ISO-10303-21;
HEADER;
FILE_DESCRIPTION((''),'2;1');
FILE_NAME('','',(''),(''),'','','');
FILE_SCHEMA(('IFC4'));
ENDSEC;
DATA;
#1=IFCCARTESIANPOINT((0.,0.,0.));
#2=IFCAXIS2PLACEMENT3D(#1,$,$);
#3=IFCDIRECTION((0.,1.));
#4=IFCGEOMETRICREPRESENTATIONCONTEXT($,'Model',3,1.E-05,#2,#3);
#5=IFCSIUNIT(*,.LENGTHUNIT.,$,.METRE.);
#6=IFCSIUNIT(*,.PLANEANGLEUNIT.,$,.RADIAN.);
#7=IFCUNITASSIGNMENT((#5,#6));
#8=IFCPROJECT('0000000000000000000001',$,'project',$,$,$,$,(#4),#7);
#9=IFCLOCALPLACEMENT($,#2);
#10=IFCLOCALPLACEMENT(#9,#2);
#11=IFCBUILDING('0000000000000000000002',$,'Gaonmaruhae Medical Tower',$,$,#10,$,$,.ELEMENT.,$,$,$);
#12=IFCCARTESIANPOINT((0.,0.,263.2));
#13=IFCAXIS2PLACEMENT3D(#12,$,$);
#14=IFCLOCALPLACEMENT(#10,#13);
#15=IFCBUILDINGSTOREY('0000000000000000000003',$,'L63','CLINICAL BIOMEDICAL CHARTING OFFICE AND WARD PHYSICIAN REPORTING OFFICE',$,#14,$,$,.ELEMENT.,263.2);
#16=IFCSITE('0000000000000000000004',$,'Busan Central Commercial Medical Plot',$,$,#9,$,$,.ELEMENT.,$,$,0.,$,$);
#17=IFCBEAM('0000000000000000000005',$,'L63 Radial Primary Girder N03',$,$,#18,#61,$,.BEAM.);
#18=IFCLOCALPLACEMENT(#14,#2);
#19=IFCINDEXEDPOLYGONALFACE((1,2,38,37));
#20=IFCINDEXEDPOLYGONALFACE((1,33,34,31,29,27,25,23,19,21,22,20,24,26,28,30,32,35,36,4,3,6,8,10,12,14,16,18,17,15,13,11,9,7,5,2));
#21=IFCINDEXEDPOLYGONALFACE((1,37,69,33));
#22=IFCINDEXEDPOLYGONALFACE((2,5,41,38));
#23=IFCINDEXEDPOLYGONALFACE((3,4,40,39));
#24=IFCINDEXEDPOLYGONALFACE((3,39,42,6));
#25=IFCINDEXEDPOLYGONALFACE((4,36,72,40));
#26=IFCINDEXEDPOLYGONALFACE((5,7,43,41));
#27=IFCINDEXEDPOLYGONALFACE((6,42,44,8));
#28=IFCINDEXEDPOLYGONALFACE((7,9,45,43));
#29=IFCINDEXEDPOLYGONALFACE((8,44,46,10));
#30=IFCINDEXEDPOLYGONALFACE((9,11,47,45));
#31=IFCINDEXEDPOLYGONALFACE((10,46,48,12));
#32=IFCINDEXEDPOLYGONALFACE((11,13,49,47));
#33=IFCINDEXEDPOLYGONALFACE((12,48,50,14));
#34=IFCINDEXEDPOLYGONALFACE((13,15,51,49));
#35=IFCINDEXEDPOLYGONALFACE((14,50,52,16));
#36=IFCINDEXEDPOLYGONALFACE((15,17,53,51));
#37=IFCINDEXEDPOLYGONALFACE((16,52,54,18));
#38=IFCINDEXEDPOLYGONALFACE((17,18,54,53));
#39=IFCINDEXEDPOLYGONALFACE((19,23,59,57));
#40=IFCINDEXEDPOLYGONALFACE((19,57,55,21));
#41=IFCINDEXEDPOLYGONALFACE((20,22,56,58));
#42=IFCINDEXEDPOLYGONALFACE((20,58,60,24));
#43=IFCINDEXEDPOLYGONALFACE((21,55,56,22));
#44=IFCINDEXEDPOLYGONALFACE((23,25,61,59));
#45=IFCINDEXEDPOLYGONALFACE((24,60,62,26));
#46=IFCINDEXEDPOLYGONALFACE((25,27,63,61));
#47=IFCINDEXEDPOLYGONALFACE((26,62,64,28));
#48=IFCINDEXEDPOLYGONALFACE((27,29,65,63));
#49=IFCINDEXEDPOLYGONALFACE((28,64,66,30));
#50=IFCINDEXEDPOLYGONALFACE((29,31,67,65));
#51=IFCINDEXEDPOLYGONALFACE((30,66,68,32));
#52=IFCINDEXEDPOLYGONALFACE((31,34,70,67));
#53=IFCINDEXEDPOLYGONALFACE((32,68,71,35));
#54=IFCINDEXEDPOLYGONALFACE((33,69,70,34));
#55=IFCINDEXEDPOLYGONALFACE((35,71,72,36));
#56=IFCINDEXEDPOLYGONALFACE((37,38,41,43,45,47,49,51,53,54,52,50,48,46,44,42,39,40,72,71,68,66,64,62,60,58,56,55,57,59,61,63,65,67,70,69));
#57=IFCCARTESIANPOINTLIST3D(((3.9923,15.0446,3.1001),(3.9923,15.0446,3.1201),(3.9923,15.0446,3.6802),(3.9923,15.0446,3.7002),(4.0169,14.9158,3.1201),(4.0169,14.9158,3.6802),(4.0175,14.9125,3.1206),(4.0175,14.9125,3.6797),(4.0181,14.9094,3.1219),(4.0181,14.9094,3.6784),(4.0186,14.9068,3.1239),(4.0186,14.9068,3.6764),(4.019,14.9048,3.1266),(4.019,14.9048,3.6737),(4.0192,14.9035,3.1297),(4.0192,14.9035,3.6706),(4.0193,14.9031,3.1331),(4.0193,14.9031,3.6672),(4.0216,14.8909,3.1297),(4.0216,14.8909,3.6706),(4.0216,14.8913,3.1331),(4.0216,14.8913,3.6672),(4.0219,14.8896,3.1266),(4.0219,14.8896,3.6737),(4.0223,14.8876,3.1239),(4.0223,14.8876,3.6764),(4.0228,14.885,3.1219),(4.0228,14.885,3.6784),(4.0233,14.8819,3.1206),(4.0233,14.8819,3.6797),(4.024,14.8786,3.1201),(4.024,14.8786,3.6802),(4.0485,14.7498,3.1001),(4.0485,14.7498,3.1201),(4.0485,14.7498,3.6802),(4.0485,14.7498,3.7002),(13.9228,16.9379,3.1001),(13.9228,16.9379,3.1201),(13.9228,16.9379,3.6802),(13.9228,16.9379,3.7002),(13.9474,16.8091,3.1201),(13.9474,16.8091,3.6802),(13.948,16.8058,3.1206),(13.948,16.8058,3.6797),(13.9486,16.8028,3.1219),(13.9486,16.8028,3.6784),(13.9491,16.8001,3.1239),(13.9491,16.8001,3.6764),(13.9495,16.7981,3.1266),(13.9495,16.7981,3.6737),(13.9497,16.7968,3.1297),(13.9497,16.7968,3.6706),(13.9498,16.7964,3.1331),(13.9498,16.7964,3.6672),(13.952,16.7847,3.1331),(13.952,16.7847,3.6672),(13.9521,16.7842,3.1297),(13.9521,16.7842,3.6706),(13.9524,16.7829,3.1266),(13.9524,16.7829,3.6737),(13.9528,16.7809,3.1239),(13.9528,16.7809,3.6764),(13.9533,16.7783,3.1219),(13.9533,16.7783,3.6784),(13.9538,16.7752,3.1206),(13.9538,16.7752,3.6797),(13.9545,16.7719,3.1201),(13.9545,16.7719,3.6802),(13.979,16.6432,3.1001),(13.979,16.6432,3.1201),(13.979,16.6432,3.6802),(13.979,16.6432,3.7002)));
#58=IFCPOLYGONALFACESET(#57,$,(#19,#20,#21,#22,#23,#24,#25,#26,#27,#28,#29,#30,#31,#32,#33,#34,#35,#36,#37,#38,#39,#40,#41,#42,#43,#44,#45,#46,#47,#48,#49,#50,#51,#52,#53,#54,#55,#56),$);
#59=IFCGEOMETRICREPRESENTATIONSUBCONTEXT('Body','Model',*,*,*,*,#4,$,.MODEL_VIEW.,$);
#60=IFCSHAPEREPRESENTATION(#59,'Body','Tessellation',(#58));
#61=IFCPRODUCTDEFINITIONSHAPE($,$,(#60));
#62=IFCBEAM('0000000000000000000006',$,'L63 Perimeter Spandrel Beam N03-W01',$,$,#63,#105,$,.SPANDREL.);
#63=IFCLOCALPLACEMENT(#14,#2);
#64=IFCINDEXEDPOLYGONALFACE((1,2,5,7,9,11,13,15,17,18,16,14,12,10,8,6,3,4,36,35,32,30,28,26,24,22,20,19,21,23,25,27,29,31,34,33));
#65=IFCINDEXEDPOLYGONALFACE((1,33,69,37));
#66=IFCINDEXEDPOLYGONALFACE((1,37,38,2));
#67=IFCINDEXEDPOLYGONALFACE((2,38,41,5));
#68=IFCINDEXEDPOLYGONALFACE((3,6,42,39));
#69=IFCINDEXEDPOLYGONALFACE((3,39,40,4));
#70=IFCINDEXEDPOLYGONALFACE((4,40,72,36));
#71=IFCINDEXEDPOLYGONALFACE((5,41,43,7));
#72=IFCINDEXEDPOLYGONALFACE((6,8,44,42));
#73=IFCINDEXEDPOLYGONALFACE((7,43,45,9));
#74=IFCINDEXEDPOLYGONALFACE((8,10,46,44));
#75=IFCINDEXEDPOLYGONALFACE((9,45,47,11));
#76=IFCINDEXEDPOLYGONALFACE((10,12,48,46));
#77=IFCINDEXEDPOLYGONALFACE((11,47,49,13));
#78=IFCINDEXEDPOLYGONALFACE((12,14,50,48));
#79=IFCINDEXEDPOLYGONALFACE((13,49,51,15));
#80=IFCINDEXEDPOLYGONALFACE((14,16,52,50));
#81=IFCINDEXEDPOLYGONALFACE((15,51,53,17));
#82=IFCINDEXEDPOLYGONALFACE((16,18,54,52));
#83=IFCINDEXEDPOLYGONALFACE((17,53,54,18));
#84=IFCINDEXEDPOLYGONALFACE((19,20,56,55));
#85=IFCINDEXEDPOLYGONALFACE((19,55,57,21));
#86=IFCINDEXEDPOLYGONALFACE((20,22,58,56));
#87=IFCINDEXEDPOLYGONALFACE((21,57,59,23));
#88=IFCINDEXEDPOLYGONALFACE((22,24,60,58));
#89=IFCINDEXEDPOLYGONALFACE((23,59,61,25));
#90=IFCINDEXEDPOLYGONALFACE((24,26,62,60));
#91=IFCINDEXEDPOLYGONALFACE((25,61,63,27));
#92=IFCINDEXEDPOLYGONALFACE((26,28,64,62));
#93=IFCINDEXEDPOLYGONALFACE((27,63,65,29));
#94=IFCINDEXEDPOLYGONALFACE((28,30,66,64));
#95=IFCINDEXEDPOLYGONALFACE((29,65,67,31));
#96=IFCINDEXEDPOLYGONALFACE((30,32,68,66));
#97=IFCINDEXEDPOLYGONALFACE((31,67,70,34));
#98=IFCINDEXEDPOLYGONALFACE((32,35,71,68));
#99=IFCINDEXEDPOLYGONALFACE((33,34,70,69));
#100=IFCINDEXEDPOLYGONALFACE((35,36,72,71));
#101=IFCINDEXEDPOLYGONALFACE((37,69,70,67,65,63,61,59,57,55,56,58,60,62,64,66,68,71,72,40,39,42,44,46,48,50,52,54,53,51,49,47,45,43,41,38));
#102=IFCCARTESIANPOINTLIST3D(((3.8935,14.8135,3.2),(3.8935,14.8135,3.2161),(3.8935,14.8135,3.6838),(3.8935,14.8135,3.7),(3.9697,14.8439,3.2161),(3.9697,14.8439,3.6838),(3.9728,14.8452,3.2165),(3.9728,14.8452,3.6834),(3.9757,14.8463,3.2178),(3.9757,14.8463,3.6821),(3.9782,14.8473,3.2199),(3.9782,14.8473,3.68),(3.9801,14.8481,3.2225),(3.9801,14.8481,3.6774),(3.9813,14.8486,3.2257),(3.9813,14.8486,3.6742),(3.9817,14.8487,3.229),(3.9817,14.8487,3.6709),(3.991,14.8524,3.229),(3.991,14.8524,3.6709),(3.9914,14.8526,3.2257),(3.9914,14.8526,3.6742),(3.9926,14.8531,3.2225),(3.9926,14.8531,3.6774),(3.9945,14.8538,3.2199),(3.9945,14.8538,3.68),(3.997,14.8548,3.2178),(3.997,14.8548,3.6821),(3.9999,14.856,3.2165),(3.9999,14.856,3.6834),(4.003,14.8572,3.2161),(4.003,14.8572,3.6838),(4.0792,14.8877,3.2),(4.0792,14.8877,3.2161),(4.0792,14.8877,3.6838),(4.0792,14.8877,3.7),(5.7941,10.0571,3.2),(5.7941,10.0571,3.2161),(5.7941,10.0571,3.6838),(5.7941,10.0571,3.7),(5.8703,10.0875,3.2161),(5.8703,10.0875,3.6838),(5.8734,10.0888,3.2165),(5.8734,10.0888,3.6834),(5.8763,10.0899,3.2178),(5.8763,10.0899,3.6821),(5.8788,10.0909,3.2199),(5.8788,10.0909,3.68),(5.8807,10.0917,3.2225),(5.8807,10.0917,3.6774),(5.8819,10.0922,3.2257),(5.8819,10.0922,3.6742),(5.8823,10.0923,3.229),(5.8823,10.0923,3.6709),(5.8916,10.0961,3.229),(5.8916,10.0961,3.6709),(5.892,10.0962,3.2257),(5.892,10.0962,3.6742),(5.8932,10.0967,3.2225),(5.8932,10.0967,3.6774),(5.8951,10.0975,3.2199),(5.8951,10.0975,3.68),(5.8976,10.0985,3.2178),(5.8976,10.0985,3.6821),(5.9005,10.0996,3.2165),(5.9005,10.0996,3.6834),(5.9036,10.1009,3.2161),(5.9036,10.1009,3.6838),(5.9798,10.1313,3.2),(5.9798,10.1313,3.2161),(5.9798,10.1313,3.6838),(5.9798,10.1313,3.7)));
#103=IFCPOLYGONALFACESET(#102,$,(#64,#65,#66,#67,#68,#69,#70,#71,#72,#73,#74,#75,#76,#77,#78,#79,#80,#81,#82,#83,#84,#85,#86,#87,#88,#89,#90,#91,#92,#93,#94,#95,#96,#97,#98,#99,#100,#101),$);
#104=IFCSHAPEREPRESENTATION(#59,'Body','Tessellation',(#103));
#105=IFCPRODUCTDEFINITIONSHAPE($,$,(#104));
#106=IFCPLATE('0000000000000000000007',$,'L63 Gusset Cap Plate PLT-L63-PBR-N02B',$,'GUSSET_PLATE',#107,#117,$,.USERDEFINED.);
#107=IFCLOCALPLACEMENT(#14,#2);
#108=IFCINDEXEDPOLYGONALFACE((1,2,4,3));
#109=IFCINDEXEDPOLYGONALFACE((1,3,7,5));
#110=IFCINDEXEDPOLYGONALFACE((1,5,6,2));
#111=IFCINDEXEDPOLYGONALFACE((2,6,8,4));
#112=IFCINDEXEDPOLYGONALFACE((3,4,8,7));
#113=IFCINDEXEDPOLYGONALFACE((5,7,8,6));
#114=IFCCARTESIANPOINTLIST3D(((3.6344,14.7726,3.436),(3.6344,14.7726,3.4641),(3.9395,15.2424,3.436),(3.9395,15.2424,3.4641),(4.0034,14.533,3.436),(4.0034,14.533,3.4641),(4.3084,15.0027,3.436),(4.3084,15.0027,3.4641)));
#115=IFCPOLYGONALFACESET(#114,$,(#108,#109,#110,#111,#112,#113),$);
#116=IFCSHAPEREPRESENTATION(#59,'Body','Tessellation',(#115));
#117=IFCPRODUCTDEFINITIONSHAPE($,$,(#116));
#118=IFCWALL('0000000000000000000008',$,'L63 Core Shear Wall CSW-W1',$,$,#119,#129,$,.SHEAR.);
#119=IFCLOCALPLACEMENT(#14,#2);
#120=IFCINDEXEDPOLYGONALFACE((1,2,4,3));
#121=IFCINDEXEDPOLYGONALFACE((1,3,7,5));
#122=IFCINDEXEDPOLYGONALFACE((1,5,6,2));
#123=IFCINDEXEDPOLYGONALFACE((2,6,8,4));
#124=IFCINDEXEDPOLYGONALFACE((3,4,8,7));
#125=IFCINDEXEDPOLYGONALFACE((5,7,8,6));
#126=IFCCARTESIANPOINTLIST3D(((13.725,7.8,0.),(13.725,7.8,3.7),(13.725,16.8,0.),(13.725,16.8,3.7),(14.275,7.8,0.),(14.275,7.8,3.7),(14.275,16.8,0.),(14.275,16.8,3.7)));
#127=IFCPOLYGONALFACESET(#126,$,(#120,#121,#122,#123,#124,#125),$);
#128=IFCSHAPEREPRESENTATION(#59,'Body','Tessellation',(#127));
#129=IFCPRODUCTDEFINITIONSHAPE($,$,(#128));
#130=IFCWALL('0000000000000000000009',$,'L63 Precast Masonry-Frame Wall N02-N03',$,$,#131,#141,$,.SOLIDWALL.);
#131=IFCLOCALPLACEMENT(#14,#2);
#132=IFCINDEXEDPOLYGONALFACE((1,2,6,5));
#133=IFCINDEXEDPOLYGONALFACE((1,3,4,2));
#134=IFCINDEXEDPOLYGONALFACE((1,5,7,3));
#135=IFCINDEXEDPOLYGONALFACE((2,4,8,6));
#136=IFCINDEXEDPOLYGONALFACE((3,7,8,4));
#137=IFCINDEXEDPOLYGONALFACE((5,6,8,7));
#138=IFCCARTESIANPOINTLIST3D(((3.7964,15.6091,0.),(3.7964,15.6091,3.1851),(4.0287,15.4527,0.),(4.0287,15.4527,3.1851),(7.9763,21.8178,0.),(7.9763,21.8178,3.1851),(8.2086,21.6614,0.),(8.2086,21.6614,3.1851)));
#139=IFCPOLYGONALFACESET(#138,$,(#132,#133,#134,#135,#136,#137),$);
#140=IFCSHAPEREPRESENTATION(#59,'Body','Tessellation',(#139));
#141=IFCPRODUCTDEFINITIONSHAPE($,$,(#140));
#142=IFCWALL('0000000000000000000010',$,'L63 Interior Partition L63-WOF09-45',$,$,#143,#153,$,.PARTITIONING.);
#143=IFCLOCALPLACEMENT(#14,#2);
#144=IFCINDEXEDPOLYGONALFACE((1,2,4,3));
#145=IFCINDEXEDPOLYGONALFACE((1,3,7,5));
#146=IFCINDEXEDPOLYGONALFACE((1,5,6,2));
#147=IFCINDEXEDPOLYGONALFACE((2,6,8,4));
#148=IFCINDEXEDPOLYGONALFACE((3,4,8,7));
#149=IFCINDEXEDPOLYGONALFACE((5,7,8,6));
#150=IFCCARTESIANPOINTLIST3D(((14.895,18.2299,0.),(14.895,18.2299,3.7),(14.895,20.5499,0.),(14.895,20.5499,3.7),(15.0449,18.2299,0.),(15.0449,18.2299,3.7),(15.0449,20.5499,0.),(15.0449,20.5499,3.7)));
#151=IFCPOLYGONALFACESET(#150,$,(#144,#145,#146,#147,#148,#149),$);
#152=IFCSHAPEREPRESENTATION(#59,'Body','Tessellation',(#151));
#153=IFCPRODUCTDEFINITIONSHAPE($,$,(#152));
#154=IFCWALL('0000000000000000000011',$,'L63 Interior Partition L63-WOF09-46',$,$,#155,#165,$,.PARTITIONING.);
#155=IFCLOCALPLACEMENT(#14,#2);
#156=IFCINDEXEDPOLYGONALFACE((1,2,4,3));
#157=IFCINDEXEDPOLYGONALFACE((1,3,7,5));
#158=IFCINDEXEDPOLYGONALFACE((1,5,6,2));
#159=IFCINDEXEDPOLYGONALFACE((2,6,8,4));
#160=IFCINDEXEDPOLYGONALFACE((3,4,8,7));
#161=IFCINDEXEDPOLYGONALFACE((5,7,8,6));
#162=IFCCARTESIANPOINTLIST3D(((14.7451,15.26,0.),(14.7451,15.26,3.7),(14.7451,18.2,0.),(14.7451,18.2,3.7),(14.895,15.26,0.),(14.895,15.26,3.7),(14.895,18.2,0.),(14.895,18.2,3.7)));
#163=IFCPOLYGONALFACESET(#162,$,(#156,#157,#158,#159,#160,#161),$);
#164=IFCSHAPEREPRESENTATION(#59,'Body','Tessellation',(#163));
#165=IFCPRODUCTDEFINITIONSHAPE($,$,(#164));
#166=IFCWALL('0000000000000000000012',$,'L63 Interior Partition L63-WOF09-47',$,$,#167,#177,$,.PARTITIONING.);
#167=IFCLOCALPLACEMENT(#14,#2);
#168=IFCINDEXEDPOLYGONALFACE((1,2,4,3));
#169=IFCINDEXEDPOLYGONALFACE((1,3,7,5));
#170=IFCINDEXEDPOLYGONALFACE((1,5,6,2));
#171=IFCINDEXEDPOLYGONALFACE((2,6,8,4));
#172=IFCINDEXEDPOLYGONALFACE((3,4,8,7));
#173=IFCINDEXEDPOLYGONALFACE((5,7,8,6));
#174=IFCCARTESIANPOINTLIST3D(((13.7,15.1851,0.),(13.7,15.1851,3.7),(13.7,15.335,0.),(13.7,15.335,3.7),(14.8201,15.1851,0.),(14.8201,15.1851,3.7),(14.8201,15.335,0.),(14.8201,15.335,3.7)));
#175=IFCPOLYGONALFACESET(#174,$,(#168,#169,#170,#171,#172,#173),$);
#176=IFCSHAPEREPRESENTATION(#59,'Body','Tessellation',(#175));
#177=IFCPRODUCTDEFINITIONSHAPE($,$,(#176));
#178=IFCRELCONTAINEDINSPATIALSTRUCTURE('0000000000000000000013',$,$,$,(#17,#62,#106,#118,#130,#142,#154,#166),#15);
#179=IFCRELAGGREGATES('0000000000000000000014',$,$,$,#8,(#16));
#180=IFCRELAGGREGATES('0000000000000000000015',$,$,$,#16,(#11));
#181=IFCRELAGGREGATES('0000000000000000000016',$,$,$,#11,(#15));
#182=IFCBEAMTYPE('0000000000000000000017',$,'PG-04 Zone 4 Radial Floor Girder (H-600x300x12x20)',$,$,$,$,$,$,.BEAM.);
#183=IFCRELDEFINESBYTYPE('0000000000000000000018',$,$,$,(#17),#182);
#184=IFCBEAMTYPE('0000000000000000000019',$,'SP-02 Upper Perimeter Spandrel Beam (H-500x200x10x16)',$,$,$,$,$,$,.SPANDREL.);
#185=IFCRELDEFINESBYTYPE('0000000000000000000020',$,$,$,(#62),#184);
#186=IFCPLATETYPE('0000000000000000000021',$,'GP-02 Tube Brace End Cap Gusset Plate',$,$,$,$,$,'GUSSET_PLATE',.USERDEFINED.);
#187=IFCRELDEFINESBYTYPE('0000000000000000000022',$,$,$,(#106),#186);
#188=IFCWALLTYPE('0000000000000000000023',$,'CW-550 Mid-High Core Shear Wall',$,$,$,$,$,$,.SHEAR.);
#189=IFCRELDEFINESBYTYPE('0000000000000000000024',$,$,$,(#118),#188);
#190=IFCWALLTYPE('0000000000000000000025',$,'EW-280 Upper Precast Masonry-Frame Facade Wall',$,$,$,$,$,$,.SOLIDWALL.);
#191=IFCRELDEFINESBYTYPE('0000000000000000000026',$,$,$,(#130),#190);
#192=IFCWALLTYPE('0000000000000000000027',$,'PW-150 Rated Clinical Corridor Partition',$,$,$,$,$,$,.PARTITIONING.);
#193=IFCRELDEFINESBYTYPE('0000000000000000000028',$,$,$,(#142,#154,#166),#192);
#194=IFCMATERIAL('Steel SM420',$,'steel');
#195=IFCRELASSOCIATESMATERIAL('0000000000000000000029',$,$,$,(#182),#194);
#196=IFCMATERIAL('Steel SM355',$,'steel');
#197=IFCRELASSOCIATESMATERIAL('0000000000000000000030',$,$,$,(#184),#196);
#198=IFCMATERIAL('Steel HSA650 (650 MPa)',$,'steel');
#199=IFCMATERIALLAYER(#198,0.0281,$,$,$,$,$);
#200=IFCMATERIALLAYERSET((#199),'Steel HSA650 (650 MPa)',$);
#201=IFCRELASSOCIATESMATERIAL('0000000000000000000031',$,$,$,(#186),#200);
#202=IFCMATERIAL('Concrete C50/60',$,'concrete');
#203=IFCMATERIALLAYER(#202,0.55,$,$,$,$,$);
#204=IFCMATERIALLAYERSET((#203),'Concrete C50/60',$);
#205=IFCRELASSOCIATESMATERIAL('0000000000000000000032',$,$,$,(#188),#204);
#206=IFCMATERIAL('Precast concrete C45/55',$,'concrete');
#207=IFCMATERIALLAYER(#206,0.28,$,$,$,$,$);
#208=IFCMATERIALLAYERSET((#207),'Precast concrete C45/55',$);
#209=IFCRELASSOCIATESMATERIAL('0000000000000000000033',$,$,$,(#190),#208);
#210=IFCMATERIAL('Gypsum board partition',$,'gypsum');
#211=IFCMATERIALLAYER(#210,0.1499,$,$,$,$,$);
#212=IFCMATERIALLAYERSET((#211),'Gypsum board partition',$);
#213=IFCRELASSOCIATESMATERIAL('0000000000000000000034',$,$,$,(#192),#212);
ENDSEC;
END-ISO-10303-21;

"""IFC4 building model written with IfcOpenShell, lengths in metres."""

from ifc_helpers import new_model, si_unit, direction, frame, frame_2d, origin, origin_2d, place, context, subcontext, project, spatial, rectangle, i_section, extrude, material, layer, layer_set, material_profile, profile_set, type_object, element, save


model = new_model("IFC4")

# Units and contexts
model_context = context("Model", 3, precision=1e-05, world=origin(), true_north=direction((0.0, 1.0)))
body_context = subcontext(model_context, "Body", "Model", "MODEL_VIEW")
ifc_project = project(units=[si_unit("LENGTHUNIT", "METRE"), si_unit("PLANEANGLEUNIT", "RADIAN")], contexts=[model_context])

# Site, building, storey
site_placement = place(None, origin())
site = spatial("IfcSite", under=ifc_project, at=site_placement, Name="Busan Central Commercial Medical Plot", CompositionType="ELEMENT", RefElevation=0.0)
building_placement = place(site_placement, origin())
building = spatial("IfcBuilding", under=site, at=building_placement, Name="Gaonmaruhae Medical Tower", CompositionType="ELEMENT")
storey_placement = place(building_placement, frame((0.0, 0.0, 263.2)))
storey = spatial("IfcBuildingStorey", under=building, at=storey_placement, Name="L63", Description="CLINICAL BIOMEDICAL CHARTING OFFICE AND WARD PHYSICIAN REPORTING OFFICE", CompositionType="ELEMENT", Elevation=263.2)

# Shared definitions
ifc_material_1 = material(Name="Concrete C50/60", Category="concrete")

# Beams
ifc_material_2 = material(Name="Steel SM355", Category="steel")
ifc_material_3 = material(Name="Steel SM420", Category="steel")
ifc_material_profile_1 = material_profile(ifc_material_3, i_section(OverallWidth=0.3, OverallDepth=0.6001, WebThickness=0.012, FlangeThickness=0.02, FilletRadius=0.0129, at=origin_2d()), Name="H-600x300x12x20")
ifc_profile_set_1 = profile_set([ifc_material_profile_1], Name="Steel SM420")
beam_type_1 = type_object("IfcBeamType", Name="PG-04 Zone 4 Radial Floor Girder (H-600x300x12x20)", PredefinedType="BEAM", material=ifc_profile_set_1)
beam_1_placement = place(storey_placement, frame((13.9509, 16.7905, 3.4001), z_axis=(-0.982306, -0.187284, 0.0), x_axis=(0.187284, -0.982306, 0.0)))
element("IfcBeam", 1, at=beam_1_placement, inside=storey, type_object=beam_type_1, Name="L63 Radial Primary Girder N03", PredefinedType="BEAM", context=body_context, shape_type="SweptSolid", body=[
    extrude(i_section(OverallWidth=0.3, OverallDepth=0.6001, WebThickness=0.012, FlangeThickness=0.02, FilletRadius=0.0129, at=origin_2d()), origin(), (0.0, 0.0, 1.0), 10.1094),
])
ifc_material_profile_2 = material_profile(ifc_material_2, i_section(OverallWidth=0.2, OverallDepth=0.5, WebThickness=0.01, FlangeThickness=0.0161, FilletRadius=0.0129, at=origin_2d()), Name="H-500x200x10x16")
ifc_profile_set_2 = profile_set([ifc_material_profile_2], Name="Steel SM355")
beam_type_2 = type_object("IfcBeamType", Name="SP-02 Upper Perimeter Spandrel Beam (H-500x200x10x16)", PredefinedType="SPANDREL", material=ifc_profile_set_2)
beam_2_placement = place(storey_placement, frame((3.9863, 14.8506, 3.45), z_axis=(0.37107, -0.928605, 0.0), x_axis=(0.928605, 0.37107, 0.0)))
element("IfcBeam", 2, at=beam_2_placement, inside=storey, type_object=beam_type_2, Name="L63 Perimeter Spandrel Beam N03-W01", PredefinedType="SPANDREL", context=body_context, shape_type="SweptSolid", body=[
    extrude(i_section(OverallWidth=0.2, OverallDepth=0.5, WebThickness=0.01, FlangeThickness=0.0161, FilletRadius=0.0129, at=origin_2d()), origin(), (0.0, 0.0, 1.0), 5.1221),
])

# Plate
ifc_material_4 = material(Name="Steel HSA650 (650 MPa)", Category="steel")
ifc_layer_1 = layer(ifc_material_4, 0.0281)
ifc_layer_set_1 = layer_set([ifc_layer_1], Name="Steel HSA650 (650 MPa)")
plate_type = type_object("IfcPlateType", Name="GP-02 Tube Brace End Cap Gusset Plate", ElementType="GUSSET_PLATE", PredefinedType="USERDEFINED", material=ifc_layer_set_1)
plate_placement = place(storey_placement, frame((3.9714, 14.8877, 3.436), z_axis=(0.0, 0.0, 1.0), x_axis=(0.544639, 0.838671, 0.0)))
element("IfcPlate", 3, at=plate_placement, inside=storey, type_object=plate_type, Name="L63 Gusset Cap Plate PLT-L63-PBR-N02B", ObjectType="GUSSET_PLATE", PredefinedType="USERDEFINED", context=body_context, shape_type="SweptSolid", body=[
    extrude(rectangle(XDim=0.5601, YDim=0.4399, at=origin_2d()), origin(), (0.0, 0.0, 1.0), 0.0281),
])

# Walls
ifc_layer_2 = layer(ifc_material_1, 0.55)
ifc_layer_set_2 = layer_set([ifc_layer_2], Name="Concrete C50/60")
wall_type_1 = type_object("IfcWallType", Name="CW-550 Mid-High Core Shear Wall", PredefinedType="SHEAR", material=ifc_layer_set_2)
wall_1_placement = place(storey_placement, frame((14.0, 16.8, 0.0), z_axis=(0.0, 0.0, 1.0), x_axis=(0.0, -1.0, 0.0)))
element("IfcWall", 4, at=wall_1_placement, inside=storey, type_object=wall_type_1, Name="L63 Core Shear Wall CSW-W1", PredefinedType="SHEAR", context=body_context, shape_type="SweptSolid", body=[
    extrude(rectangle(XDim=9.0, YDim=0.55, at=frame_2d((4.5, 0.0))), origin(), (0.0, 0.0, 1.0), 3.7),
])
ifc_material_5 = material(Name="Precast concrete C45/55", Category="concrete")
ifc_layer_3 = layer(ifc_material_5, 0.28)
ifc_layer_set_3 = layer_set([ifc_layer_3], Name="Precast concrete C45/55")
wall_type_2 = type_object("IfcWallType", Name="EW-280 Upper Precast Masonry-Frame Facade Wall", PredefinedType="SOLIDWALL", material=ifc_layer_set_3)
wall_2_placement = place(storey_placement, frame((3.9126, 15.531, 0.0), z_axis=(0.0, 0.0, 1.0), x_axis=(0.558466, 0.829528, 0.0)))
element("IfcWall", 5, at=wall_2_placement, inside=storey, type_object=wall_type_2, Name="L63 Precast Masonry-Frame Wall N02-N03", PredefinedType="SOLIDWALL", context=body_context, shape_type="SweptSolid", body=[
    extrude(rectangle(XDim=7.4846, YDim=0.28, at=frame_2d((3.7422, 0.0))), origin(), (0.0, 0.0, 1.0), 3.1851),
])
ifc_material_6 = material(Name="Gypsum board partition", Category="gypsum")
ifc_layer_4 = layer(ifc_material_6, 0.1499)
ifc_layer_set_4 = layer_set([ifc_layer_4], Name="Gypsum board partition")
wall_type_3 = type_object("IfcWallType", Name="PW-150 Rated Clinical Corridor Partition", PredefinedType="PARTITIONING", material=ifc_layer_set_4)
wall_3_placement = place(storey_placement, frame((14.97, 20.55, 0.0), z_axis=(0.0, 0.0, 1.0), x_axis=(0.0, -1.0, 0.0)))
element("IfcWall", 6, at=wall_3_placement, inside=storey, type_object=wall_type_3, Name="L63 Interior Partition L63-WOF09-45", PredefinedType="PARTITIONING", context=body_context, shape_type="SweptSolid", body=[
    extrude(rectangle(XDim=2.3201, YDim=0.1499, at=frame_2d((1.1602, 0.0))), origin(), (0.0, 0.0, 1.0), 3.7),
])
wall_4_placement = place(storey_placement, frame((14.8201, 18.2, 0.0), z_axis=(0.0, 0.0, 1.0), x_axis=(0.0, -1.0, 0.0)))
element("IfcWall", 7, at=wall_4_placement, inside=storey, type_object=wall_type_3, Name="L63 Interior Partition L63-WOF09-46", PredefinedType="PARTITIONING", context=body_context, shape_type="SweptSolid", body=[
    extrude(rectangle(XDim=2.9399, YDim=0.1499, at=frame_2d((1.47, 0.0))), origin(), (0.0, 0.0, 1.0), 3.7),
])
wall_5_placement = place(storey_placement, frame((14.8201, 15.26, 0.0), z_axis=(0.0, 0.0, 1.0), x_axis=(-1.0, 0.0, 0.0)))
element("IfcWall", 8, at=wall_5_placement, inside=storey, type_object=wall_type_3, Name="L63 Interior Partition L63-WOF09-47", PredefinedType="PARTITIONING", context=body_context, shape_type="SweptSolid", body=[
    extrude(rectangle(XDim=1.1201, YDim=0.1499, at=frame_2d((0.5601, 0.0))), origin(), (0.0, 0.0, 1.0), 3.7),
])

save(model, "model.ifc")
